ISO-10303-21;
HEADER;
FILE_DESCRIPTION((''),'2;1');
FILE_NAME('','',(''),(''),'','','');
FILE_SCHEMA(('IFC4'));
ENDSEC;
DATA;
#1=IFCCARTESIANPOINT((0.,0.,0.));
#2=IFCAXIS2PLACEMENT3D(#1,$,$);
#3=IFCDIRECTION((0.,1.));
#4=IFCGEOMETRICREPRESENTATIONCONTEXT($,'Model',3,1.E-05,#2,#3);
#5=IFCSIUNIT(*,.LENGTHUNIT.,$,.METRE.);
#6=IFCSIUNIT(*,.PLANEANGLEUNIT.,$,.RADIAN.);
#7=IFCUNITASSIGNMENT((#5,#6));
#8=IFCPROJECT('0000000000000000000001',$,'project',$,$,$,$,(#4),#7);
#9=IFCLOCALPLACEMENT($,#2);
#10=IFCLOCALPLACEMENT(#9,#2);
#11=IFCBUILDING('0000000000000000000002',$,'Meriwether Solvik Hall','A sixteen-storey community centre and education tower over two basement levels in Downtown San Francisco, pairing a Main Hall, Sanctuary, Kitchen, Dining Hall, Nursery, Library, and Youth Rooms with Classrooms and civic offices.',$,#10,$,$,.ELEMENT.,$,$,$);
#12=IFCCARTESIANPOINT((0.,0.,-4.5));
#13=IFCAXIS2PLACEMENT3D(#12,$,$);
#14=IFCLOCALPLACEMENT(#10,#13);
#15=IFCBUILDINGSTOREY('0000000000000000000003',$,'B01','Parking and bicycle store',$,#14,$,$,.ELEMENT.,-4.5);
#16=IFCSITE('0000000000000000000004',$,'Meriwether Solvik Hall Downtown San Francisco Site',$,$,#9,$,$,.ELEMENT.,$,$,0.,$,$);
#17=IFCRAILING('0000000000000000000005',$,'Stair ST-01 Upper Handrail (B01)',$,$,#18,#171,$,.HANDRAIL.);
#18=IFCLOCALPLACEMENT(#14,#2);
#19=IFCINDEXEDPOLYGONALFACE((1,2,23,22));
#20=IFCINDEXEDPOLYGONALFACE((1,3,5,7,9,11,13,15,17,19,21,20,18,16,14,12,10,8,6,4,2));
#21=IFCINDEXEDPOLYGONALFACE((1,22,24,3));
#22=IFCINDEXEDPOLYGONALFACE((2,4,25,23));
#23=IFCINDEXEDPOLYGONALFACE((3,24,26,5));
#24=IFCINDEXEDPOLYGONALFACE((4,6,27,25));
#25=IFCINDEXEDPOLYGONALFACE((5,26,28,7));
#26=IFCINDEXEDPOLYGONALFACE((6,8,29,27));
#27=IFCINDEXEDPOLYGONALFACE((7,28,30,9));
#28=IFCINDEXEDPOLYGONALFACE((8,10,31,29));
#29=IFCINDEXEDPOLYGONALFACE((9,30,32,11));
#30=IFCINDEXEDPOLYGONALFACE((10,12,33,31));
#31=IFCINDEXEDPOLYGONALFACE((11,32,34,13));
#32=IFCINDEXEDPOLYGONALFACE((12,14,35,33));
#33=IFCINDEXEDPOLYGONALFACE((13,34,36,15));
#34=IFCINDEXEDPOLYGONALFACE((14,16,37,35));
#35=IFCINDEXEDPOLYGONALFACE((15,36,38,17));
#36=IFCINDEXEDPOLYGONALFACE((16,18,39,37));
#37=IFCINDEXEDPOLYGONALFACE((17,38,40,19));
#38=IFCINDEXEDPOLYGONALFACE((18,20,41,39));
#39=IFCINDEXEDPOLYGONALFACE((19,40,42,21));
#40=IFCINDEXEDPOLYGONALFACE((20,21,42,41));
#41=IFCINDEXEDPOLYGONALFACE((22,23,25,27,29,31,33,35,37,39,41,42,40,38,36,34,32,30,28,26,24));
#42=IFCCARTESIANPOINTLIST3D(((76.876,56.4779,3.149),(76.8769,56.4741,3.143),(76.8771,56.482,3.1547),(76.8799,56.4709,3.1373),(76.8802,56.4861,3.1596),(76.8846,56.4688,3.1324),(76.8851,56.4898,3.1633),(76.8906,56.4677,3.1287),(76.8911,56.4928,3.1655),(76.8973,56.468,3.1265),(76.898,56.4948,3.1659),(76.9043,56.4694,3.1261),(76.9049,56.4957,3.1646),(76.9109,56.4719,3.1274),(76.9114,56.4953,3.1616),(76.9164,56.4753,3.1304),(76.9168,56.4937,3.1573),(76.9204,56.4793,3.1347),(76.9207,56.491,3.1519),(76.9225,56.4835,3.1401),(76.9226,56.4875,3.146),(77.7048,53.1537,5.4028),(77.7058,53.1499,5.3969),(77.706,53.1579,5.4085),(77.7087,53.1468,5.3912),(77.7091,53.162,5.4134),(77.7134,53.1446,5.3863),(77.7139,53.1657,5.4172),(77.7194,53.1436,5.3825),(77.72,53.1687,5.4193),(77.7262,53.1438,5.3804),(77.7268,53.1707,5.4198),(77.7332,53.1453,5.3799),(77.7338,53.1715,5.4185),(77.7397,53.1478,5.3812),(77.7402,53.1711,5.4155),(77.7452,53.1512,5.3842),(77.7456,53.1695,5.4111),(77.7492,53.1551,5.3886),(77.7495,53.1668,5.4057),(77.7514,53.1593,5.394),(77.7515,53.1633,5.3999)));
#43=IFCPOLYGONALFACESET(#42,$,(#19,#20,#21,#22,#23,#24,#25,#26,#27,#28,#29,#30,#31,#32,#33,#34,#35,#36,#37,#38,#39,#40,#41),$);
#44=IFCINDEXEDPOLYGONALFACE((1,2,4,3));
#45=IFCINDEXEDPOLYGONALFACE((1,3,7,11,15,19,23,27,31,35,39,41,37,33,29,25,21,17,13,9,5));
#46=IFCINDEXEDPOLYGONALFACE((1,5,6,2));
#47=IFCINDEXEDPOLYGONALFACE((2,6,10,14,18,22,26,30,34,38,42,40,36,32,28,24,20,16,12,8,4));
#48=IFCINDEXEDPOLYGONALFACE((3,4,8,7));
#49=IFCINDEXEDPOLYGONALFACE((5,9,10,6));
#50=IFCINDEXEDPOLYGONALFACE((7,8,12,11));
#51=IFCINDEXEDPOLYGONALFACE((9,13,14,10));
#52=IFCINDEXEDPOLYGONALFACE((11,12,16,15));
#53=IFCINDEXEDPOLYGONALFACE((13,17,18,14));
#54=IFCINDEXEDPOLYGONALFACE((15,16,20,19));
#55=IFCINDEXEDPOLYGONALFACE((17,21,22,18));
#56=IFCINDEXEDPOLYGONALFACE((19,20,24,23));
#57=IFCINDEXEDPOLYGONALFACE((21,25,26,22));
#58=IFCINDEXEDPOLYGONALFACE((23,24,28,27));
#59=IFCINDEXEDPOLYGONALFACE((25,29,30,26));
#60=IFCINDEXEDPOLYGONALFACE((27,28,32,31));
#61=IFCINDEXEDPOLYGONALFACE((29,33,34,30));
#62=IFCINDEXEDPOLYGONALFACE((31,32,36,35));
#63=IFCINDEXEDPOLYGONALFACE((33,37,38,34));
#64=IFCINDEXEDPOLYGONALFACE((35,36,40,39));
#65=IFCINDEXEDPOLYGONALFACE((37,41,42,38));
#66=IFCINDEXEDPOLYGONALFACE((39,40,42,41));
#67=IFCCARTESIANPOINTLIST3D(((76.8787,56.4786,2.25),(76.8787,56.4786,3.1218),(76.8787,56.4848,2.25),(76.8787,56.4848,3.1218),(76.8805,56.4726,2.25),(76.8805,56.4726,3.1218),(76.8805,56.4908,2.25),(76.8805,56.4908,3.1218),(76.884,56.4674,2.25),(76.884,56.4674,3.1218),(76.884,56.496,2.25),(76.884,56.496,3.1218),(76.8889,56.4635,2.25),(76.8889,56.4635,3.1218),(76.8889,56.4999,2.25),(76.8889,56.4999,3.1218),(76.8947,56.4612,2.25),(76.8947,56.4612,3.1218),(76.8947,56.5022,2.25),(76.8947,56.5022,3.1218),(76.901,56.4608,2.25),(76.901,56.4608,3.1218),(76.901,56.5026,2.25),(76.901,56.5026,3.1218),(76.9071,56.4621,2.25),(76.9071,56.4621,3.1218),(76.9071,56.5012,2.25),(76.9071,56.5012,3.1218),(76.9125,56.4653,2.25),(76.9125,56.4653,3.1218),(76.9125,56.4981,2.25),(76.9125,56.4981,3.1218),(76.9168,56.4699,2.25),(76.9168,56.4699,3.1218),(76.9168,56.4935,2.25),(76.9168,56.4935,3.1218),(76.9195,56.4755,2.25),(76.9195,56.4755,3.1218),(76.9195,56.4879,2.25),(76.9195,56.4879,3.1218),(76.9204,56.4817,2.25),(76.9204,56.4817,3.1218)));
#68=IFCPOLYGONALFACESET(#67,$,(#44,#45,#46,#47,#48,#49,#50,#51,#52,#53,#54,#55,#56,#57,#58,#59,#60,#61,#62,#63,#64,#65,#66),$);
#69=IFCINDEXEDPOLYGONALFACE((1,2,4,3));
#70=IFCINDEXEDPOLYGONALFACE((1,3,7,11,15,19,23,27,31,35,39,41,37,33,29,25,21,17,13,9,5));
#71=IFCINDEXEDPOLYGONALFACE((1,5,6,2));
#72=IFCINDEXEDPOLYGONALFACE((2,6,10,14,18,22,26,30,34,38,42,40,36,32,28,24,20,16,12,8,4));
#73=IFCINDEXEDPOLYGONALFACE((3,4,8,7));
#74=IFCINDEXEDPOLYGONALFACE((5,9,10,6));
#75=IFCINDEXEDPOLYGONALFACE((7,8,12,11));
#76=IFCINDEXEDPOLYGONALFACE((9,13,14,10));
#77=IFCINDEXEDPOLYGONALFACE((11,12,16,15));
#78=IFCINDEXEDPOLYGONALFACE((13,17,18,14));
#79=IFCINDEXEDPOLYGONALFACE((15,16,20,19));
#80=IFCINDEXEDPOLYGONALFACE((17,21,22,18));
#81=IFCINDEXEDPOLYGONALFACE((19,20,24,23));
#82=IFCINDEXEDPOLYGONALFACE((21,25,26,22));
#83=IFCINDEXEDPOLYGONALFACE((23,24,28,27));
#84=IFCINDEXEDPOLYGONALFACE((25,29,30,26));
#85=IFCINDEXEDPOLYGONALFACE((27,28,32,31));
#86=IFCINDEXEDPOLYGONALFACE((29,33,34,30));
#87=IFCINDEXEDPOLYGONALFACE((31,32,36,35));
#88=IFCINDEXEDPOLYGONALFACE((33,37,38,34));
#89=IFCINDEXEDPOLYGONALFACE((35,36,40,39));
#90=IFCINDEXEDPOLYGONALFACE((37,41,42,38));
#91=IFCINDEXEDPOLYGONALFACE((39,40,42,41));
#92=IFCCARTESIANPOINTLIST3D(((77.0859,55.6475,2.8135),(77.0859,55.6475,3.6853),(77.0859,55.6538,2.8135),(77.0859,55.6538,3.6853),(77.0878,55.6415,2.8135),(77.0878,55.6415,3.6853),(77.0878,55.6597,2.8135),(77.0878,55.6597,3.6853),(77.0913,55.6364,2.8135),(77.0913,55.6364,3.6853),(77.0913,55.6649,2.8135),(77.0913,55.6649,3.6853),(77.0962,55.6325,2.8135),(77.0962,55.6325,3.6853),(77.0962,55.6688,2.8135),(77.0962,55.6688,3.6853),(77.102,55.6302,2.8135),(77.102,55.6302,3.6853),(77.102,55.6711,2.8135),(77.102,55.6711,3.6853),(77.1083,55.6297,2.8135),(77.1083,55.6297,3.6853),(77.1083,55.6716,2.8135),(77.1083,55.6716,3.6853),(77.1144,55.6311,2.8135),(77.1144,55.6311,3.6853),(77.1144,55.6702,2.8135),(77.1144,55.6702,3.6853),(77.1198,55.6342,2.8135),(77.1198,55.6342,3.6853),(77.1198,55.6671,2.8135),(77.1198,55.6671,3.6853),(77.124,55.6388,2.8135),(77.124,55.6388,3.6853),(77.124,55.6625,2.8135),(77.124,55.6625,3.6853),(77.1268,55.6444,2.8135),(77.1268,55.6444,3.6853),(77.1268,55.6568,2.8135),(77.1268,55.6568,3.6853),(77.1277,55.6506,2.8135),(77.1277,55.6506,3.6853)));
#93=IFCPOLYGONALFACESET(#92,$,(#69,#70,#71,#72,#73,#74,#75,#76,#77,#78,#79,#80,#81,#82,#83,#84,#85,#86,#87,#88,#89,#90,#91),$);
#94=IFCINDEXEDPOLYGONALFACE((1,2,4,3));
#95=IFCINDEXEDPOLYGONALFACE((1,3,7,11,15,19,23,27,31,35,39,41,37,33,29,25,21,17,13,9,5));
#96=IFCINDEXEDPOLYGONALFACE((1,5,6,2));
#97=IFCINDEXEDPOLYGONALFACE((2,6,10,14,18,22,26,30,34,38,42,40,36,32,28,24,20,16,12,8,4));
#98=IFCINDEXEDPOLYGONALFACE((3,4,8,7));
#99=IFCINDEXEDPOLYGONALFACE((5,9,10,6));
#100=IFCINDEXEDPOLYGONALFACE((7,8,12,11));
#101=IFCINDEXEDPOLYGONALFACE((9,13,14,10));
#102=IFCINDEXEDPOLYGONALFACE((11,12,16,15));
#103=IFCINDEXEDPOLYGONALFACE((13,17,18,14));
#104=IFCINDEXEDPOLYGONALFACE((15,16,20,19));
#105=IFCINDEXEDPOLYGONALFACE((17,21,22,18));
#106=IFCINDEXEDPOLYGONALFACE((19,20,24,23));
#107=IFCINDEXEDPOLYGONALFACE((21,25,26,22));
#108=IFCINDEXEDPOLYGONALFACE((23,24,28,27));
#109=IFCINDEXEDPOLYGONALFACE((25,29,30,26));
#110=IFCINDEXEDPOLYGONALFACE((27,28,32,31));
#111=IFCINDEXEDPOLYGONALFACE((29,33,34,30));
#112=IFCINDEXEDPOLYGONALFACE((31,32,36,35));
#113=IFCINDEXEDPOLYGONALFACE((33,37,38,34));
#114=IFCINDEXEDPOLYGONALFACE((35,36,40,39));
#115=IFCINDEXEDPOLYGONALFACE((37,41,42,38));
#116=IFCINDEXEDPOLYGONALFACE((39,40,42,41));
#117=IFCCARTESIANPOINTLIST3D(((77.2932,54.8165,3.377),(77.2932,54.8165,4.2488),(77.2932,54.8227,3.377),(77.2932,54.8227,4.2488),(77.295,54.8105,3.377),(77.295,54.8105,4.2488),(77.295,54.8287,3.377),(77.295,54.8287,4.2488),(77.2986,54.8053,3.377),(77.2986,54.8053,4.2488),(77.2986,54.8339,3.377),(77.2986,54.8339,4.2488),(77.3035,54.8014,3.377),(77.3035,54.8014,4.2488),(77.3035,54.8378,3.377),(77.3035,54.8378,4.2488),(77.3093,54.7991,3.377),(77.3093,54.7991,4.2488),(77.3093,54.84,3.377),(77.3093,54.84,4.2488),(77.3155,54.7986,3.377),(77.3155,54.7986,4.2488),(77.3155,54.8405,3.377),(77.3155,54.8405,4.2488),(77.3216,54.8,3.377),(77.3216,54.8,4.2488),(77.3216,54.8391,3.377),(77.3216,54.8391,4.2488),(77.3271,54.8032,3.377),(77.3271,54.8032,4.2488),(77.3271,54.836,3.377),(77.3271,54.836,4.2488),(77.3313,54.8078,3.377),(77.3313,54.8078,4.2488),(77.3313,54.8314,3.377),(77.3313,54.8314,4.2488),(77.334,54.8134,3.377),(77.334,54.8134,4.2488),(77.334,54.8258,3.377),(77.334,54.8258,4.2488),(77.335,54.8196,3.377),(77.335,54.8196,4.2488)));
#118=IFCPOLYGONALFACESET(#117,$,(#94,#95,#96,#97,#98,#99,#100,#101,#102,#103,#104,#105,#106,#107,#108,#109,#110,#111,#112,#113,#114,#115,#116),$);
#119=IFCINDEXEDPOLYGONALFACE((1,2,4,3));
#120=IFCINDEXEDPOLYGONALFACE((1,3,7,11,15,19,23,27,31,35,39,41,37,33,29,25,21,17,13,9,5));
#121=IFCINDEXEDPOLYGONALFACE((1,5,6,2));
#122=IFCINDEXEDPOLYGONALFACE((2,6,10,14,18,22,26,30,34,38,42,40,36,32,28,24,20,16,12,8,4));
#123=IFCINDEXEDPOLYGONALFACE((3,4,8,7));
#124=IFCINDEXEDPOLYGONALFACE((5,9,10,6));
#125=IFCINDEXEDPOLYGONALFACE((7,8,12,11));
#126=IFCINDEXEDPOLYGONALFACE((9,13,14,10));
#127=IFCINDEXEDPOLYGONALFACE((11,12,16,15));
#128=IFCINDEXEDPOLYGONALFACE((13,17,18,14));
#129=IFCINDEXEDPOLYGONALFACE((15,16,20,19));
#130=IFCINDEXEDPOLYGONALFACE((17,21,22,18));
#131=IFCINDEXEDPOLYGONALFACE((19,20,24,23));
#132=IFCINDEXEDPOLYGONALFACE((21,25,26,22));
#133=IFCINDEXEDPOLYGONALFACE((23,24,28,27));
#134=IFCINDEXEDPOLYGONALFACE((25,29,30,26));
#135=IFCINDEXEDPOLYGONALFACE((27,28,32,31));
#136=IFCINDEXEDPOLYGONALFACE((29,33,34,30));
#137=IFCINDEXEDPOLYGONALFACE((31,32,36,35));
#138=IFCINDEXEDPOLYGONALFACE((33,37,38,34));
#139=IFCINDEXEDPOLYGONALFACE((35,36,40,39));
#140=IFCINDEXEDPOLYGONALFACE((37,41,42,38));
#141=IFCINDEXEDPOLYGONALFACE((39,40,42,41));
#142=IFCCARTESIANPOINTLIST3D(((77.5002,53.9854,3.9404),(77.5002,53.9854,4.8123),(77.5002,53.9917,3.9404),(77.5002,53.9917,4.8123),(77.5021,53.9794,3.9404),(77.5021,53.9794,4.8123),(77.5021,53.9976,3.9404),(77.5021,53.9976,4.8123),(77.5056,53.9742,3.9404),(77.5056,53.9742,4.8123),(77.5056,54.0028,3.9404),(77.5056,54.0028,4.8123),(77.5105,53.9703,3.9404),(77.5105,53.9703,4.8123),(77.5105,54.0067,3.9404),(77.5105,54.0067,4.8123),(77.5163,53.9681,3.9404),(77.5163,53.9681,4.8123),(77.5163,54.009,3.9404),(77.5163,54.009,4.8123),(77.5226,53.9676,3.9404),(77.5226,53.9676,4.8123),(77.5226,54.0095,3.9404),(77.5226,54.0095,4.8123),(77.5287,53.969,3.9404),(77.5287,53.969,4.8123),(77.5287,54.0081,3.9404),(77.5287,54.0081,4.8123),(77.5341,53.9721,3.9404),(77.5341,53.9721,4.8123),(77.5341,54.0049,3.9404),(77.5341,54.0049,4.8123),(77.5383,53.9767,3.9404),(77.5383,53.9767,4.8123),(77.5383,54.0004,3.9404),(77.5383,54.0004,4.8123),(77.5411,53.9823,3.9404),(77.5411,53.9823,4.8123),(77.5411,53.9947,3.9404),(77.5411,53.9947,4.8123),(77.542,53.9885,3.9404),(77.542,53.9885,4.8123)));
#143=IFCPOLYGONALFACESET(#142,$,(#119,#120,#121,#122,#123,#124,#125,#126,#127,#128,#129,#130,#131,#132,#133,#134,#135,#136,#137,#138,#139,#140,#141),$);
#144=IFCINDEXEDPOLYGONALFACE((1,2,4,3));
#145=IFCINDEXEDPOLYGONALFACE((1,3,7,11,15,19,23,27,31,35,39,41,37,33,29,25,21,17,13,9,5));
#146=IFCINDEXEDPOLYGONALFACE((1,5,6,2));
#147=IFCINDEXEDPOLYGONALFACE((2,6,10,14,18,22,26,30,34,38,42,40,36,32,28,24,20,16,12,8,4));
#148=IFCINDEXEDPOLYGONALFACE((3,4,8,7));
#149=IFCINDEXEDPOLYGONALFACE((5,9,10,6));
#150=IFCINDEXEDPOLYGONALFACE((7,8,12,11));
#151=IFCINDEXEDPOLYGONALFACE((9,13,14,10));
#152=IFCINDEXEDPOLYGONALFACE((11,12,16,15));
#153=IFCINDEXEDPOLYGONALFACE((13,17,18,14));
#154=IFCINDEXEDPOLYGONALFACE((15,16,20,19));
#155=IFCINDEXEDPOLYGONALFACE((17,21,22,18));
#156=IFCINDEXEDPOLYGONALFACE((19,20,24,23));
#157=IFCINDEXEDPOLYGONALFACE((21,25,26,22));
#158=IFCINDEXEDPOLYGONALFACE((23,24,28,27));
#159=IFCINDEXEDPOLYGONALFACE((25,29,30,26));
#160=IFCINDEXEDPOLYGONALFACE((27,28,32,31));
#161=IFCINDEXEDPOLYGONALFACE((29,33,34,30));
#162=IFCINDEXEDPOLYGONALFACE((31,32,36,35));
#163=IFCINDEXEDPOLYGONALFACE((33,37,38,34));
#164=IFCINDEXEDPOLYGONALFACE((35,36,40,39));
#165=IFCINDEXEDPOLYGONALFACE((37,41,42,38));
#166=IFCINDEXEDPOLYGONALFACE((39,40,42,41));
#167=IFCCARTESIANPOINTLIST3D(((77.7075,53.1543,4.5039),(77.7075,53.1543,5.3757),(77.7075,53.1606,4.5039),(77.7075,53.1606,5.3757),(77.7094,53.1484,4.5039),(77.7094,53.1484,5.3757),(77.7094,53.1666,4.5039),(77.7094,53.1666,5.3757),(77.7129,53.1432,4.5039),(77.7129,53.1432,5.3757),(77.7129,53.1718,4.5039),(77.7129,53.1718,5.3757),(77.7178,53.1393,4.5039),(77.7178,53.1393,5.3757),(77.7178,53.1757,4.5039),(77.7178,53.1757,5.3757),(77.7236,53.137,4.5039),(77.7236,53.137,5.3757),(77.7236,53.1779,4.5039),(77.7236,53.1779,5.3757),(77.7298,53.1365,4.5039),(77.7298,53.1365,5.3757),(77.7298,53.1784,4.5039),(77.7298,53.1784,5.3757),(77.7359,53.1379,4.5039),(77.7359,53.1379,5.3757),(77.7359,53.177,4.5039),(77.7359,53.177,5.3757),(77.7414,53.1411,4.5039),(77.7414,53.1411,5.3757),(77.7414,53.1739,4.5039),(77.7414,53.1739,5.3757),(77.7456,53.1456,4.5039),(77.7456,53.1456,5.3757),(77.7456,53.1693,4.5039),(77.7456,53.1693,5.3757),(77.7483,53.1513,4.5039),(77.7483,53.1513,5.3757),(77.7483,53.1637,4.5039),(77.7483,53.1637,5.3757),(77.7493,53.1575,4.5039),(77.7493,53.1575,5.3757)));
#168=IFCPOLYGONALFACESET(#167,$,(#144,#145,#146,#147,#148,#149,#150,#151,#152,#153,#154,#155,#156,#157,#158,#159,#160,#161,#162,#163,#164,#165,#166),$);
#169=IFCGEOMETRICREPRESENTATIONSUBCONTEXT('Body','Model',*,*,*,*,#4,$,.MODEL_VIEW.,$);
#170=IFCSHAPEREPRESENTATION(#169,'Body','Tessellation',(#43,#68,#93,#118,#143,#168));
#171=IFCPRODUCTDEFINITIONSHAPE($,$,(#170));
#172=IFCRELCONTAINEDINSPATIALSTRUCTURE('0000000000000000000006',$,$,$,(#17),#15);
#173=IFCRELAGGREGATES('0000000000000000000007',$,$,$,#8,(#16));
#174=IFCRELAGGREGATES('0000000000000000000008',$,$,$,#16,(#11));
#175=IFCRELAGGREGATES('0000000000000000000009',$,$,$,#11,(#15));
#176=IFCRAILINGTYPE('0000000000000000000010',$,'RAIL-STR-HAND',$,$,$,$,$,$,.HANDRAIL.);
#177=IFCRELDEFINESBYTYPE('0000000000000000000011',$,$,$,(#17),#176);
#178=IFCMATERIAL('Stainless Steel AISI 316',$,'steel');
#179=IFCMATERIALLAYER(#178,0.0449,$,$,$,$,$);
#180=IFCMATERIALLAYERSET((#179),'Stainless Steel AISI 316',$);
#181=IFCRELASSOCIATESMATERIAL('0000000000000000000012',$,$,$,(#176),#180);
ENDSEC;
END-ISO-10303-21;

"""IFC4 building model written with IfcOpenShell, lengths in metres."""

from ifc_helpers import new_model, si_unit, direction, frame, origin, origin_2d, place, context, subcontext, project, spatial, circle, extrude, material, layer, layer_set, type_object, element, save


model = new_model("IFC4")

# Units and contexts
model_context = context("Model", 3, precision=1e-05, world=origin(), true_north=direction((0.0, 1.0)))
body_context = subcontext(model_context, "Body", "Model", "MODEL_VIEW")
ifc_project = project(units=[si_unit("LENGTHUNIT", "METRE"), si_unit("PLANEANGLEUNIT", "RADIAN")], contexts=[model_context])

# Site, building, storey
site_placement = place(None, origin())
site = spatial("IfcSite", under=ifc_project, at=site_placement, Name="Meriwether Solvik Hall Downtown San Francisco Site", CompositionType="ELEMENT", RefElevation=0.0)
building_placement = place(site_placement, origin())
building = spatial("IfcBuilding", under=site, at=building_placement, Name="Meriwether Solvik Hall", Description="A sixteen-storey community centre and education tower over two basement levels in Downtown San Francisco, pairing a Main Hall, Sanctuary, Kitchen, Dining Hall, Nursery, Library, and Youth Rooms with Classrooms and civic offices.", CompositionType="ELEMENT")
storey_placement = place(building_placement, frame((0.0, 0.0, -4.5)))
storey = spatial("IfcBuildingStorey", under=building, at=storey_placement, Name="B01", Description="Parking and bicycle store", CompositionType="ELEMENT", Elevation=-4.5)

# Railing
ifc_material_1 = material(Name="Stainless Steel AISI 316", Category="steel")
ifc_layer_1 = layer(ifc_material_1, 0.0449)
ifc_layer_set_1 = layer_set([ifc_layer_1], Name="Stainless Steel AISI 316")
railing_type_1 = type_object("IfcRailingType", Name="RAIL-STR-HAND", PredefinedType="HANDRAIL", material=ifc_layer_set_1)
railing_1_placement = place(storey_placement, frame((76.8994, 56.4817, 2.25)))
element("IfcRailing", 1, at=railing_1_placement, inside=storey, type_object=railing_type_1, Name="Stair ST-01 Upper Handrail (B01)", PredefinedType="HANDRAIL", context=body_context, shape_type="SweptSolid", body=[
    extrude(circle(Radius=0.0239, at=origin_2d()), frame((0.0, 0.0, 0.896), z_axis=(0.202115, -0.810604, 0.54961), x_axis=(0.970293, 0.241932, 0.0)), (0.0, 0.0, 1.0), 4.1008),
    extrude(circle(Radius=0.021, at=origin_2d()), origin(), (0.0, 0.0, 1.0), 0.8718),
    extrude(circle(Radius=0.021, at=origin_2d()), frame((0.2073, -0.8311, 0.5635)), (0.0, 0.0, 1.0), 0.8718),
    extrude(circle(Radius=0.021, at=origin_2d()), frame((0.4146, -1.6621, 1.127)), (0.0, 0.0, 1.0), 0.8718),
    extrude(circle(Radius=0.021, at=origin_2d()), frame((0.6216, -2.4932, 1.6904)), (0.0, 0.0, 1.0), 0.8718),
    extrude(circle(Radius=0.021, at=origin_2d()), frame((0.8289, -3.3242, 2.2539)), (0.0, 0.0, 1.0), 0.8718),
])

save(model, "model.ifc")
